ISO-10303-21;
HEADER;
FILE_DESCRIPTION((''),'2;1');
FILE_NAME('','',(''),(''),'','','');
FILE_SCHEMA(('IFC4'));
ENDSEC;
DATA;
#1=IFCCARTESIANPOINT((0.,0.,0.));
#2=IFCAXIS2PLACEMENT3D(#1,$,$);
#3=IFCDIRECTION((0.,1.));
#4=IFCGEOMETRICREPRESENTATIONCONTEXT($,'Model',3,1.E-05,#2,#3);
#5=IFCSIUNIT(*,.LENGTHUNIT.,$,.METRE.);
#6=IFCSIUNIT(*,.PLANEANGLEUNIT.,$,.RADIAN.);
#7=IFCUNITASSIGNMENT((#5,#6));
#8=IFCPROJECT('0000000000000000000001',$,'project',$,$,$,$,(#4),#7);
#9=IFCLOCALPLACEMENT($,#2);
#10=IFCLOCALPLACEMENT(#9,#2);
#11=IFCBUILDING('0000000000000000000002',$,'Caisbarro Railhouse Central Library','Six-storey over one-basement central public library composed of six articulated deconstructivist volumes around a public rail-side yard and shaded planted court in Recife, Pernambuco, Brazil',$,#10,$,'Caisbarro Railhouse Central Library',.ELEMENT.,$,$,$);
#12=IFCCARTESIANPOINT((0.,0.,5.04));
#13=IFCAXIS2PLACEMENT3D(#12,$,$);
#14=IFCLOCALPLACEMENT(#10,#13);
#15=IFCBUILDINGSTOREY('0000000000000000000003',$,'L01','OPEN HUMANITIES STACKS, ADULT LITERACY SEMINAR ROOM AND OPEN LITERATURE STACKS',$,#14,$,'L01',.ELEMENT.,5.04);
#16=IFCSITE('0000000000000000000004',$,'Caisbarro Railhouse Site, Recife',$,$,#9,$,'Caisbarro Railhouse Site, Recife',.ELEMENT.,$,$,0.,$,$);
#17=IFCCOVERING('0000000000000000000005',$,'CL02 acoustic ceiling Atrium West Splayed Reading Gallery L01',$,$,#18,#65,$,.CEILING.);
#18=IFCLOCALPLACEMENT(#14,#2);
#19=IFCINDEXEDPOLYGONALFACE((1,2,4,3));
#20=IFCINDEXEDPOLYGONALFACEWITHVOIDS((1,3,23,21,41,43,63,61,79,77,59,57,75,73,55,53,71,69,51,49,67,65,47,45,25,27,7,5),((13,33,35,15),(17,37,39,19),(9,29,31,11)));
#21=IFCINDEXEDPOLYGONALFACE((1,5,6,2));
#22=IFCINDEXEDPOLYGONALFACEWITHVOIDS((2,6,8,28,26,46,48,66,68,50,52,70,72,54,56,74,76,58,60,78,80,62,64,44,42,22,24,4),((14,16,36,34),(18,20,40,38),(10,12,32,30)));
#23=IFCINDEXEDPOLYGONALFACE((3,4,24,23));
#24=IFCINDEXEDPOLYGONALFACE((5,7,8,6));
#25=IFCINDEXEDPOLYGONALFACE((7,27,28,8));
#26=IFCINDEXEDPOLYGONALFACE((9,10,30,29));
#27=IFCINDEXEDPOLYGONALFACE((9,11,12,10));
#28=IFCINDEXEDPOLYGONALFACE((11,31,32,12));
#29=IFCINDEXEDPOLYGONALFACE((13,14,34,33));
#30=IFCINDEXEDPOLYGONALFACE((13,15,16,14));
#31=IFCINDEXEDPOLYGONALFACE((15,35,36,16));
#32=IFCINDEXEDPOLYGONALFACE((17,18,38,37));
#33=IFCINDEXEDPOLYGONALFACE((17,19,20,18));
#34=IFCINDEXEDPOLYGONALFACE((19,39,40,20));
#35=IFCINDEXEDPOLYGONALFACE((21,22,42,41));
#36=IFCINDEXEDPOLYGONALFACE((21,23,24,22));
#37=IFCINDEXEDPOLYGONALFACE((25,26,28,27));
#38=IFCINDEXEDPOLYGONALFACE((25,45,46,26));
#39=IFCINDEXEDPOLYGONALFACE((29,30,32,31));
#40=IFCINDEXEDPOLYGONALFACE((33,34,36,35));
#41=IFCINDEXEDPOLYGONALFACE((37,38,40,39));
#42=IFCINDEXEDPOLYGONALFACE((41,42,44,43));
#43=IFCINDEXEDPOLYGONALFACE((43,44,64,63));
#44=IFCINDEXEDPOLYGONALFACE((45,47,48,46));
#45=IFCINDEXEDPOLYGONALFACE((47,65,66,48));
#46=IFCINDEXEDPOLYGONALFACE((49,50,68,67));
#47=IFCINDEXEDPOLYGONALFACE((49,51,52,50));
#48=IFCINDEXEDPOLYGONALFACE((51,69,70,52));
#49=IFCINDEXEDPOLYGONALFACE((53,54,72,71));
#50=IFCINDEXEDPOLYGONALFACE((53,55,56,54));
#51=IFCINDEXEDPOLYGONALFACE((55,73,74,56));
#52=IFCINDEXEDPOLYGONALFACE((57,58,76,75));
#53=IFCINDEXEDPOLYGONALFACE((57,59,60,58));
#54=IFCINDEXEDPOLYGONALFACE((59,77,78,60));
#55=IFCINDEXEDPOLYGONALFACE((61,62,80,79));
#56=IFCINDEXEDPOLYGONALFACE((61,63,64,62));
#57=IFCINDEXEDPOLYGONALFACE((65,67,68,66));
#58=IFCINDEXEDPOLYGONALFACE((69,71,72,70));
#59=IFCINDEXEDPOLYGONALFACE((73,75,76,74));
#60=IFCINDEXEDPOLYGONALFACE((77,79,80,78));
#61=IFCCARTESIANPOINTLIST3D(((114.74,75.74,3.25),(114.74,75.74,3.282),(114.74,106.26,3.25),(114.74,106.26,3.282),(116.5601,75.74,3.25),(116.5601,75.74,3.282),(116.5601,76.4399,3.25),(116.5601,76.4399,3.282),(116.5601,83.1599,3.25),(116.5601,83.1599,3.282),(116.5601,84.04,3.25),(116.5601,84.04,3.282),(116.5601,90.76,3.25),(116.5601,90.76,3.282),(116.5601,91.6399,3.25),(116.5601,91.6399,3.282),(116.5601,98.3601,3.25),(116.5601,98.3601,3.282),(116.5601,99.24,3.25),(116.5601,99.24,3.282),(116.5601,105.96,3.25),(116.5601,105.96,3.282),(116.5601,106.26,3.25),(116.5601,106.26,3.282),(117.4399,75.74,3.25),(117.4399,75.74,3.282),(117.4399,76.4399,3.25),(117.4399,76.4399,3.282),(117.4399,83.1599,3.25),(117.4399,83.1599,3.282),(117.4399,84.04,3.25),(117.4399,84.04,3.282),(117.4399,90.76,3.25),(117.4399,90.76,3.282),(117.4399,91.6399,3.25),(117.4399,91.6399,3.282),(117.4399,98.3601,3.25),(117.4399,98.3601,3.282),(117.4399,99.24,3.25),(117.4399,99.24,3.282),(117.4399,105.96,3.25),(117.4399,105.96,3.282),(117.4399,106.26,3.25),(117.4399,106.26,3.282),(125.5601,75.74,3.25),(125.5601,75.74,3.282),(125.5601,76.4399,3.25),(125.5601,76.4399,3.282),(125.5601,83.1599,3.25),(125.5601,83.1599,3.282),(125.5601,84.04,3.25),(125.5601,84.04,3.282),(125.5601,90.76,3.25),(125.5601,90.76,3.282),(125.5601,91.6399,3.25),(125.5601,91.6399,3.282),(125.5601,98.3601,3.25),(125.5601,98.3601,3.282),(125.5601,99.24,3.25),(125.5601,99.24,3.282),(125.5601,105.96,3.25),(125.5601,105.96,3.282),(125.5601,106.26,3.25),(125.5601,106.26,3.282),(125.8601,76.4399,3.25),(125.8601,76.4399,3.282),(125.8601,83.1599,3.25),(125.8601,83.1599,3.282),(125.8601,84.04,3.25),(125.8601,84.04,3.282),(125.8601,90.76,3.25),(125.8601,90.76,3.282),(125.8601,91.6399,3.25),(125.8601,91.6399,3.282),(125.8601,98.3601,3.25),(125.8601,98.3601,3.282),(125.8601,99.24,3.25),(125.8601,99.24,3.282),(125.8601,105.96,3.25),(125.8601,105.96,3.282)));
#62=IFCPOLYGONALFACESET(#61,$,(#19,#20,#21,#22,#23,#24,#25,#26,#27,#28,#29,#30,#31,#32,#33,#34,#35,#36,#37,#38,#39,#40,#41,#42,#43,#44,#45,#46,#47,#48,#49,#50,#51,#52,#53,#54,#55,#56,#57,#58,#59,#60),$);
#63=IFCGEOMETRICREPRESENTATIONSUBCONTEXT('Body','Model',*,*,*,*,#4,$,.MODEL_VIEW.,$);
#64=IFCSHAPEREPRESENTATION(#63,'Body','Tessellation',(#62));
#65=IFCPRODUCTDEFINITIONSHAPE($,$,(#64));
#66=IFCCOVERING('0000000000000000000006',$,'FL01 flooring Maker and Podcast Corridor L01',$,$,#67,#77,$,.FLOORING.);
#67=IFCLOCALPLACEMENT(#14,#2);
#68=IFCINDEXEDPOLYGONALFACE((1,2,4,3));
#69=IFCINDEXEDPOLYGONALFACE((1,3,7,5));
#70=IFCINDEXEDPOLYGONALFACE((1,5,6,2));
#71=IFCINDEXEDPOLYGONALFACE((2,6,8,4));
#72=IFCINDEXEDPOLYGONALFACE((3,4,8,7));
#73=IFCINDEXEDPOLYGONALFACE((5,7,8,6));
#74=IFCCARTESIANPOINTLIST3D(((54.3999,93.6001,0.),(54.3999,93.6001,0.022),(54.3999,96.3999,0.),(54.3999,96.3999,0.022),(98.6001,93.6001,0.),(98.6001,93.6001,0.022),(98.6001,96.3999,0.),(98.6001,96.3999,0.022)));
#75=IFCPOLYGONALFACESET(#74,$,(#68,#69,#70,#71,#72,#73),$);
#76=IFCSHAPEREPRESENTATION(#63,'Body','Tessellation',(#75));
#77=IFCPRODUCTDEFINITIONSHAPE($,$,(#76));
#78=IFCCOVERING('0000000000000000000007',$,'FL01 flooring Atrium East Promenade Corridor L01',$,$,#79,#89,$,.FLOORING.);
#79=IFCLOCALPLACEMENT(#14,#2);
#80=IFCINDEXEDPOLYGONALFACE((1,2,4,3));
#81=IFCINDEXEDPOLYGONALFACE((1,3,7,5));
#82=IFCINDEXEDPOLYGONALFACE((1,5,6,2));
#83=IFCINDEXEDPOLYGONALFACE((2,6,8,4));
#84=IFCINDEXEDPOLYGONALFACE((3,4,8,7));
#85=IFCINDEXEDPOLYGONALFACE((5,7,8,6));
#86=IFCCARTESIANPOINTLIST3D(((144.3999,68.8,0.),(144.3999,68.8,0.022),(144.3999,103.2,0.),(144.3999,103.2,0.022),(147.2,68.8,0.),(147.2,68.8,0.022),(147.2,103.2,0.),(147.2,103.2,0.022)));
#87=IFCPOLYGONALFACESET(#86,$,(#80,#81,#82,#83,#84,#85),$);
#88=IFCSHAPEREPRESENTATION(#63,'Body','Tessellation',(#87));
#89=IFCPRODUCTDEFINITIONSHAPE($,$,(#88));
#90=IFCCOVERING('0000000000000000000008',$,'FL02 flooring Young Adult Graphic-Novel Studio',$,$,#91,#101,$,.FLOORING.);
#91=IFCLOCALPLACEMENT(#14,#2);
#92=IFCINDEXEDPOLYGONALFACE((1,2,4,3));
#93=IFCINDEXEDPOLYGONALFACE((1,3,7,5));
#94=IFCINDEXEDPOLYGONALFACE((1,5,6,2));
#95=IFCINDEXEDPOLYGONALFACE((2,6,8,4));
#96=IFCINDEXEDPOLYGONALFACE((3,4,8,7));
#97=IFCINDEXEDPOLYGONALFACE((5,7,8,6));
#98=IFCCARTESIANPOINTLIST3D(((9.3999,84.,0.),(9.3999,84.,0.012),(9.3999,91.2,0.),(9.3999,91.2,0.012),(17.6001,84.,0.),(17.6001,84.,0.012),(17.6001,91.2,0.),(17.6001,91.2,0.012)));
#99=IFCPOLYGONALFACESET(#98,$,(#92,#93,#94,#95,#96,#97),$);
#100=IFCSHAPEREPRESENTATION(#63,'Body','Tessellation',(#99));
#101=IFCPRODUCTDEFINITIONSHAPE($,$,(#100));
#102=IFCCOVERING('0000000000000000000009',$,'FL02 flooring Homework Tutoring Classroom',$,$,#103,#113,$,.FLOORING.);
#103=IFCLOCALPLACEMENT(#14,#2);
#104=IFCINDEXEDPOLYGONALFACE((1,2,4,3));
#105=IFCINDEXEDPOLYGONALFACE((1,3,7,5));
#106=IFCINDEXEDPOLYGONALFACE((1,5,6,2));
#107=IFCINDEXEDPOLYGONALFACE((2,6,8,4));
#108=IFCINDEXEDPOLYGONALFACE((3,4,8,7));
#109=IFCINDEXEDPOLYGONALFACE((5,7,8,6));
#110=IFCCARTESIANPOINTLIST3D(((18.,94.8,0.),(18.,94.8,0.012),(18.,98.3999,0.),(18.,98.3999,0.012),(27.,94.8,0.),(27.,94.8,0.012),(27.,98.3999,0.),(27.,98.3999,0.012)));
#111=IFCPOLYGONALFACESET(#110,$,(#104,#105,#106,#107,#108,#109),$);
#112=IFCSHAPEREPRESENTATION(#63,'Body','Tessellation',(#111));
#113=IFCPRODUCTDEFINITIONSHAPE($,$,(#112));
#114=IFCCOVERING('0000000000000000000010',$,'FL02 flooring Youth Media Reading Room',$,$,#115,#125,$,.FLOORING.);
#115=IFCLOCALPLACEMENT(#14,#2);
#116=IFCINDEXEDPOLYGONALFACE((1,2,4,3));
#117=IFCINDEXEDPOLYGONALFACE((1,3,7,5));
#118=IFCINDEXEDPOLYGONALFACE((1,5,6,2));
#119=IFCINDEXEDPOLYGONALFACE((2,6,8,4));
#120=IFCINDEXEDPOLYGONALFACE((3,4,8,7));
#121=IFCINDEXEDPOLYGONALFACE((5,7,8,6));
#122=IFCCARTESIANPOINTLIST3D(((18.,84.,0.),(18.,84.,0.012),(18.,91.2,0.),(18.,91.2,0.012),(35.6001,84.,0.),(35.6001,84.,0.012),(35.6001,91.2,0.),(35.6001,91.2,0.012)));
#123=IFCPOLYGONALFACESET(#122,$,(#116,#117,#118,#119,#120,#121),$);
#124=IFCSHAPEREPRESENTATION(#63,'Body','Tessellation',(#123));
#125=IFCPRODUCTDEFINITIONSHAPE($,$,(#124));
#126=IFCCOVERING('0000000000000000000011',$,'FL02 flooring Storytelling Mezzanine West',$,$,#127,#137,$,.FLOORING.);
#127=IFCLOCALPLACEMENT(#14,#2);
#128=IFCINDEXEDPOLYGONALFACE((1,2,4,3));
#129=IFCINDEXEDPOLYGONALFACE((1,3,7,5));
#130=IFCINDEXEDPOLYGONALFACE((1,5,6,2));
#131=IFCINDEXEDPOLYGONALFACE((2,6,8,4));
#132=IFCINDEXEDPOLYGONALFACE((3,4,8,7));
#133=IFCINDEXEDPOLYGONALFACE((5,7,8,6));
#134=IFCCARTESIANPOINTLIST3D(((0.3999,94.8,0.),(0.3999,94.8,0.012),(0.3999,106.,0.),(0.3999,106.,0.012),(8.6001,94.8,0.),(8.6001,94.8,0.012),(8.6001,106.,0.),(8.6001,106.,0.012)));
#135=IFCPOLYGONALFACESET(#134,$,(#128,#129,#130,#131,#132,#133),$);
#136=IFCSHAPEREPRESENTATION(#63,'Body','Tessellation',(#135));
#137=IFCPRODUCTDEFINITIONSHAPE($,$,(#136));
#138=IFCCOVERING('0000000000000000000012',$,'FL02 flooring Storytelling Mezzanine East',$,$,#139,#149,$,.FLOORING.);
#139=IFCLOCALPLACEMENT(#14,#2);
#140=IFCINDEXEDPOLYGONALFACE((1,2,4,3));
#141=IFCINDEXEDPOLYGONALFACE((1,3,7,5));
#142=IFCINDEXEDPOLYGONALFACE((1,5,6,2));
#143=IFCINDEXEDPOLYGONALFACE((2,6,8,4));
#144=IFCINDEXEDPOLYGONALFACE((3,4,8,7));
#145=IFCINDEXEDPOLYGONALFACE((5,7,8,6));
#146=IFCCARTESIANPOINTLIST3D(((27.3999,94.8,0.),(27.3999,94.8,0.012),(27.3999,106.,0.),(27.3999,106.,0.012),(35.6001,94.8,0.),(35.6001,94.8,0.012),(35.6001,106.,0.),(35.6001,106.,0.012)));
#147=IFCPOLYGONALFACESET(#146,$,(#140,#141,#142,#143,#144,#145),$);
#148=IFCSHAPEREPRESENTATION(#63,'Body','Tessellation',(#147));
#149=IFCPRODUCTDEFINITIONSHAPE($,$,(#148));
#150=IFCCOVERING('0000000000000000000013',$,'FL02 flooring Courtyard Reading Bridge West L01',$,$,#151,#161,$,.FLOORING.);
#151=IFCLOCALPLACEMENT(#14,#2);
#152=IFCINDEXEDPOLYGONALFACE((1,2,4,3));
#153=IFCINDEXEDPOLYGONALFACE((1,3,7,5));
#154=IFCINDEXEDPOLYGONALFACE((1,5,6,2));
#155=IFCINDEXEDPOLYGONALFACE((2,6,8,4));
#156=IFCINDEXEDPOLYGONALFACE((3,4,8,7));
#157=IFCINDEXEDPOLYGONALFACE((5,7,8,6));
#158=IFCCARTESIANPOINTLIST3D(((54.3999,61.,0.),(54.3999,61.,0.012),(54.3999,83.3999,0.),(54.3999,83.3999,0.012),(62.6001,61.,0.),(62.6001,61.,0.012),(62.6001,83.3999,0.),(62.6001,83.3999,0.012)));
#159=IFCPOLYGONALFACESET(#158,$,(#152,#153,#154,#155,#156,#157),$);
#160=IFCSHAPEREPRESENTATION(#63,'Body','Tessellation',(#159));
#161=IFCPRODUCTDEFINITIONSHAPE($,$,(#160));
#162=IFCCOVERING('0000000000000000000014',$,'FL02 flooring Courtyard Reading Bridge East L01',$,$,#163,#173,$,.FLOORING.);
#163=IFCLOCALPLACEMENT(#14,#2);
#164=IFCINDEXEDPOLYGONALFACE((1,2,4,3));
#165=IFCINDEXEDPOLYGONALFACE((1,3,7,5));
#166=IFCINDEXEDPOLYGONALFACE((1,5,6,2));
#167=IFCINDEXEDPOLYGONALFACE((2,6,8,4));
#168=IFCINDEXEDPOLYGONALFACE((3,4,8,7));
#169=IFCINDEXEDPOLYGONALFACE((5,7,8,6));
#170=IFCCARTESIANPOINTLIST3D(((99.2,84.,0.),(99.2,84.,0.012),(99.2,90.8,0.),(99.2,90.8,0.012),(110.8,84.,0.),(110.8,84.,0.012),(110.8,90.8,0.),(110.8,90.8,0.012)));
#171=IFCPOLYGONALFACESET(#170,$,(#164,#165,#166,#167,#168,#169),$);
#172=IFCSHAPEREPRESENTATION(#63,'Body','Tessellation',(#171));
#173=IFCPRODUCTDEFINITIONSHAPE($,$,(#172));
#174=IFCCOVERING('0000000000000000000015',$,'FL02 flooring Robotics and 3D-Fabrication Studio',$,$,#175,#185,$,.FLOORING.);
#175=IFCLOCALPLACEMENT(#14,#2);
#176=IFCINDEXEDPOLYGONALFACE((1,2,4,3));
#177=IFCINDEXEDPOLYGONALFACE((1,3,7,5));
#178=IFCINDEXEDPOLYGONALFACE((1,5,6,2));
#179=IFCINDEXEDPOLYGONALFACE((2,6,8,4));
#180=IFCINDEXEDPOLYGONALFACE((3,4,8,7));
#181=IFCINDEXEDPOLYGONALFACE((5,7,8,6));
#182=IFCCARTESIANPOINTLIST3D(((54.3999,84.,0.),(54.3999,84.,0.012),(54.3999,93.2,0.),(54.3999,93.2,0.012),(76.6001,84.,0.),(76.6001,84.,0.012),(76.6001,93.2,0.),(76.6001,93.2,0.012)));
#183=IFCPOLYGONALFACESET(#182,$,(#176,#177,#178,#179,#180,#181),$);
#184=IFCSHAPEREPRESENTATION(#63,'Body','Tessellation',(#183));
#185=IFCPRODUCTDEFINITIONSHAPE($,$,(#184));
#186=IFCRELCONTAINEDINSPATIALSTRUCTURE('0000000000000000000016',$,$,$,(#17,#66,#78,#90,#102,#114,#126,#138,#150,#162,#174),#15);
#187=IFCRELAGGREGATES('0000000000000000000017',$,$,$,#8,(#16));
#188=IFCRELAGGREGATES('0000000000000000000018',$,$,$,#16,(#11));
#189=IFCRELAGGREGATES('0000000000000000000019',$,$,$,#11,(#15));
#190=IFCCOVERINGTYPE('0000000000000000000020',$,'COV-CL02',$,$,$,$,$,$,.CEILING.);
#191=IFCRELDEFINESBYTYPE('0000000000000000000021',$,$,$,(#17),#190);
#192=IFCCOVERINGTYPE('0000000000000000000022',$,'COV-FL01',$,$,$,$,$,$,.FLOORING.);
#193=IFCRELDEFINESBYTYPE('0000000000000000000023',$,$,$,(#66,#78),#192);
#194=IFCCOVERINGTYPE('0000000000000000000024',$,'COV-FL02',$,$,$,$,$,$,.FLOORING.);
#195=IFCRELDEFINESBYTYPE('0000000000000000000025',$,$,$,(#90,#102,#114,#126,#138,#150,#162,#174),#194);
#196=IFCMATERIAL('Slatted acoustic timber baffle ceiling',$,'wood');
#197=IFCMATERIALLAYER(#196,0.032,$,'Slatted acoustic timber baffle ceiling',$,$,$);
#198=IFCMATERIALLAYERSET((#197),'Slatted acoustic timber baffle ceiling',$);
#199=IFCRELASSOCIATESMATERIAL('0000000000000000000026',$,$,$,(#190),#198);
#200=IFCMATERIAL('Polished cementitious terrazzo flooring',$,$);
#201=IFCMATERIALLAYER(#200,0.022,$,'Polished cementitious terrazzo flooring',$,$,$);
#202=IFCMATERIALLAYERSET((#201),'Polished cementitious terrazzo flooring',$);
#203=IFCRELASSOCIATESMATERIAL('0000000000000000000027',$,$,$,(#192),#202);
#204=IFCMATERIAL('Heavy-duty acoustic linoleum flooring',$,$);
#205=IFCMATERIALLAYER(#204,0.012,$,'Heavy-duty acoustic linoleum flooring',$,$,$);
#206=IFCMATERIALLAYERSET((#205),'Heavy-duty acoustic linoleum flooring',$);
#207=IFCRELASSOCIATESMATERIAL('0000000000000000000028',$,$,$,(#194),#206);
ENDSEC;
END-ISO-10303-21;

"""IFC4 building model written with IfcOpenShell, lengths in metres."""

from ifc_helpers import new_model, si_unit, direction, frame, origin, place, context, subcontext, project, spatial, polyline, outline, extrude, material, layer, layer_set, type_object, element, save


model = new_model("IFC4")

# Units and contexts
model_context = context("Model", 3, precision=1e-05, world=origin(), true_north=direction((0.0, 1.0)))
body_context = subcontext(model_context, "Body", "Model", "MODEL_VIEW")
ifc_project = project(units=[si_unit("LENGTHUNIT", "METRE"), si_unit("PLANEANGLEUNIT", "RADIAN")], contexts=[model_context])

# Site, building, storey
site_placement = place(None, origin())
site = spatial("IfcSite", under=ifc_project, at=site_placement, Name="Caisbarro Railhouse Site, Recife", LongName="Caisbarro Railhouse Site, Recife", CompositionType="ELEMENT", RefElevation=0.0)
building_placement = place(site_placement, origin())
building = spatial("IfcBuilding", under=site, at=building_placement, Name="Caisbarro Railhouse Central Library", Description="Six-storey over one-basement central public library composed of six articulated deconstructivist volumes around a public rail-side yard and shaded planted court in Recife, Pernambuco, Brazil", LongName="Caisbarro Railhouse Central Library", CompositionType="ELEMENT")
storey_placement = place(building_placement, frame((0.0, 0.0, 5.04)))
storey = spatial("IfcBuildingStorey", under=building, at=storey_placement, Name="L01", Description="OPEN HUMANITIES STACKS, ADULT LITERACY SEMINAR ROOM AND OPEN LITERATURE STACKS", LongName="L01", CompositionType="ELEMENT", Elevation=5.04)

# Coverings
ifc_material_1 = material(Name="Slatted acoustic timber baffle ceiling", Category="wood")
ifc_layer_1 = layer(ifc_material_1, 0.032, Name="Slatted acoustic timber baffle ceiling")
ifc_layer_set_1 = layer_set([ifc_layer_1], Name="Slatted acoustic timber baffle ceiling")
covering_type_1 = type_object("IfcCoveringType", Name="COV-CL02", PredefinedType="CEILING", material=ifc_layer_set_1)
covering_1_placement = place(storey_placement, frame((0.0, 0.0, 3.25)))
element("IfcCovering", 1, at=covering_1_placement, inside=storey, type_object=covering_type_1, Name="CL02 acoustic ceiling Atrium West Splayed Reading Gallery L01", PredefinedType="CEILING", context=body_context, shape_type="SweptSolid", body=[
    extrude(outline(polyline([(116.5601, 106.26), (116.5601, 105.96), (117.4399, 105.96), (117.4399, 106.26), (125.5601, 106.26), (125.5601, 105.96), (125.8601, 105.96), (125.8601, 99.24), (125.5601, 99.24), (125.5601, 98.3601), (125.8601, 98.3601), (125.8601, 91.6399), (125.5601, 91.6399), (125.5601, 90.76), (125.8601, 90.76), (125.8601, 84.04), (125.5601, 84.04), (125.5601, 83.1599), (125.8601, 83.1599), (125.8601, 76.4399), (125.5601, 76.4399), (125.5601, 75.74), (117.4399, 75.74), (117.4399, 76.4399), (116.5601, 76.4399), (116.5601, 75.74), (114.74, 75.74), (114.74, 106.26), (116.5601, 106.26)]), holes=[polyline([(117.4399, 84.04), (116.5601, 84.04), (116.5601, 83.1599), (117.4399, 83.1599), (117.4399, 84.04)]), polyline([(117.4399, 90.76), (117.4399, 91.6399), (116.5601, 91.6399), (116.5601, 90.76), (117.4399, 90.76)]), polyline([(116.5601, 98.3601), (117.4399, 98.3601), (117.4399, 99.24), (116.5601, 99.24), (116.5601, 98.3601)])]), origin(), (0.0, 0.0, 1.0), 0.032),
])
ifc_material_2 = material(Name="Polished cementitious terrazzo flooring")
ifc_layer_2 = layer(ifc_material_2, 0.022, Name="Polished cementitious terrazzo flooring")
ifc_layer_set_2 = layer_set([ifc_layer_2], Name="Polished cementitious terrazzo flooring")
covering_type_2 = type_object("IfcCoveringType", Name="COV-FL01", PredefinedType="FLOORING", material=ifc_layer_set_2)
covering_2_placement = place(storey_placement, origin())
element("IfcCovering", 2, at=covering_2_placement, inside=storey, type_object=covering_type_2, Name="FL01 flooring Maker and Podcast Corridor L01", PredefinedType="FLOORING", context=body_context, shape_type="SweptSolid", body=[
    extrude(outline(polyline([(54.3999, 93.6001), (98.6001, 93.6001), (98.6001, 96.3999), (54.3999, 96.3999), (54.3999, 93.6001)])), origin(), (0.0, 0.0, 1.0), 0.022),
])
covering_3_placement = place(storey_placement, origin())
element("IfcCovering", 3, at=covering_3_placement, inside=storey, type_object=covering_type_2, Name="FL01 flooring Atrium East Promenade Corridor L01", PredefinedType="FLOORING", context=body_context, shape_type="SweptSolid", body=[
    extrude(outline(polyline([(144.3999, 68.8), (147.2, 68.8), (147.2, 103.2), (144.3999, 103.2), (144.3999, 68.8)])), origin(), (0.0, 0.0, 1.0), 0.022),
])
ifc_material_3 = material(Name="Heavy-duty acoustic linoleum flooring")
ifc_layer_3 = layer(ifc_material_3, 0.012, Name="Heavy-duty acoustic linoleum flooring")
ifc_layer_set_3 = layer_set([ifc_layer_3], Name="Heavy-duty acoustic linoleum flooring")
covering_type_3 = type_object("IfcCoveringType", Name="COV-FL02", PredefinedType="FLOORING", material=ifc_layer_set_3)
covering_4_placement = place(storey_placement, origin())
element("IfcCovering", 4, at=covering_4_placement, inside=storey, type_object=covering_type_3, Name="FL02 flooring Young Adult Graphic-Novel Studio", PredefinedType="FLOORING", context=body_context, shape_type="SweptSolid", body=[
    extrude(outline(polyline([(9.3999, 84.0), (17.6001, 84.0), (17.6001, 91.2), (9.3999, 91.2), (9.3999, 84.0)])), origin(), (0.0, 0.0, 1.0), 0.012),
])
covering_5_placement = place(storey_placement, origin())
element("IfcCovering", 5, at=covering_5_placement, inside=storey, type_object=covering_type_3, Name="FL02 flooring Homework Tutoring Classroom", PredefinedType="FLOORING", context=body_context, shape_type="SweptSolid", body=[
    extrude(outline(polyline([(18.0, 94.8), (27.0, 94.8), (27.0, 98.3999), (18.0, 98.3999), (18.0, 94.8)])), origin(), (0.0, 0.0, 1.0), 0.012),
])
covering_6_placement = place(storey_placement, origin())
element("IfcCovering", 6, at=covering_6_placement, inside=storey, type_object=covering_type_3, Name="FL02 flooring Youth Media Reading Room", PredefinedType="FLOORING", context=body_context, shape_type="SweptSolid", body=[
    extrude(outline(polyline([(18.0, 84.0), (35.6001, 84.0), (35.6001, 91.2), (18.0, 91.2), (18.0, 84.0)])), origin(), (0.0, 0.0, 1.0), 0.012),
])
covering_7_placement = place(storey_placement, origin())
element("IfcCovering", 7, at=covering_7_placement, inside=storey, type_object=covering_type_3, Name="FL02 flooring Storytelling Mezzanine West", PredefinedType="FLOORING", context=body_context, shape_type="SweptSolid", body=[
    extrude(outline(polyline([(0.3999, 94.8), (8.6001, 94.8), (8.6001, 106.0), (0.3999, 106.0), (0.3999, 94.8)])), origin(), (0.0, 0.0, 1.0), 0.012),
])
covering_8_placement = place(storey_placement, origin())
element("IfcCovering", 8, at=covering_8_placement, inside=storey, type_object=covering_type_3, Name="FL02 flooring Storytelling Mezzanine East", PredefinedType="FLOORING", context=body_context, shape_type="SweptSolid", body=[
    extrude(outline(polyline([(27.3999, 94.8), (35.6001, 94.8), (35.6001, 106.0), (27.3999, 106.0), (27.3999, 94.8)])), origin(), (0.0, 0.0, 1.0), 0.012),
])
covering_9_placement = place(storey_placement, origin())
element("IfcCovering", 9, at=covering_9_placement, inside=storey, type_object=covering_type_3, Name="FL02 flooring Courtyard Reading Bridge West L01", PredefinedType="FLOORING", context=body_context, shape_type="SweptSolid", body=[
    extrude(outline(polyline([(54.3999, 61.0), (62.6001, 61.0), (62.6001, 83.3999), (54.3999, 83.3999), (54.3999, 61.0)])), origin(), (0.0, 0.0, 1.0), 0.012),
])
covering_10_placement = place(storey_placement, origin())
element("IfcCovering", 10, at=covering_10_placement, inside=storey, type_object=covering_type_3, Name="FL02 flooring Courtyard Reading Bridge East L01", PredefinedType="FLOORING", context=body_context, shape_type="SweptSolid", body=[
    extrude(outline(polyline([(99.2, 84.0), (110.8, 84.0), (110.8, 90.8), (99.2, 90.8), (99.2, 84.0)])), origin(), (0.0, 0.0, 1.0), 0.012),
])
covering_11_placement = place(storey_placement, origin())
element("IfcCovering", 11, at=covering_11_placement, inside=storey, type_object=covering_type_3, Name="FL02 flooring Robotics and 3D-Fabrication Studio", PredefinedType="FLOORING", context=body_context, shape_type="SweptSolid", body=[
    extrude(outline(polyline([(54.3999, 84.0), (76.6001, 84.0), (76.6001, 93.2), (54.3999, 93.2), (54.3999, 84.0)])), origin(), (0.0, 0.0, 1.0), 0.012),
])

save(model, "model.ifc")
